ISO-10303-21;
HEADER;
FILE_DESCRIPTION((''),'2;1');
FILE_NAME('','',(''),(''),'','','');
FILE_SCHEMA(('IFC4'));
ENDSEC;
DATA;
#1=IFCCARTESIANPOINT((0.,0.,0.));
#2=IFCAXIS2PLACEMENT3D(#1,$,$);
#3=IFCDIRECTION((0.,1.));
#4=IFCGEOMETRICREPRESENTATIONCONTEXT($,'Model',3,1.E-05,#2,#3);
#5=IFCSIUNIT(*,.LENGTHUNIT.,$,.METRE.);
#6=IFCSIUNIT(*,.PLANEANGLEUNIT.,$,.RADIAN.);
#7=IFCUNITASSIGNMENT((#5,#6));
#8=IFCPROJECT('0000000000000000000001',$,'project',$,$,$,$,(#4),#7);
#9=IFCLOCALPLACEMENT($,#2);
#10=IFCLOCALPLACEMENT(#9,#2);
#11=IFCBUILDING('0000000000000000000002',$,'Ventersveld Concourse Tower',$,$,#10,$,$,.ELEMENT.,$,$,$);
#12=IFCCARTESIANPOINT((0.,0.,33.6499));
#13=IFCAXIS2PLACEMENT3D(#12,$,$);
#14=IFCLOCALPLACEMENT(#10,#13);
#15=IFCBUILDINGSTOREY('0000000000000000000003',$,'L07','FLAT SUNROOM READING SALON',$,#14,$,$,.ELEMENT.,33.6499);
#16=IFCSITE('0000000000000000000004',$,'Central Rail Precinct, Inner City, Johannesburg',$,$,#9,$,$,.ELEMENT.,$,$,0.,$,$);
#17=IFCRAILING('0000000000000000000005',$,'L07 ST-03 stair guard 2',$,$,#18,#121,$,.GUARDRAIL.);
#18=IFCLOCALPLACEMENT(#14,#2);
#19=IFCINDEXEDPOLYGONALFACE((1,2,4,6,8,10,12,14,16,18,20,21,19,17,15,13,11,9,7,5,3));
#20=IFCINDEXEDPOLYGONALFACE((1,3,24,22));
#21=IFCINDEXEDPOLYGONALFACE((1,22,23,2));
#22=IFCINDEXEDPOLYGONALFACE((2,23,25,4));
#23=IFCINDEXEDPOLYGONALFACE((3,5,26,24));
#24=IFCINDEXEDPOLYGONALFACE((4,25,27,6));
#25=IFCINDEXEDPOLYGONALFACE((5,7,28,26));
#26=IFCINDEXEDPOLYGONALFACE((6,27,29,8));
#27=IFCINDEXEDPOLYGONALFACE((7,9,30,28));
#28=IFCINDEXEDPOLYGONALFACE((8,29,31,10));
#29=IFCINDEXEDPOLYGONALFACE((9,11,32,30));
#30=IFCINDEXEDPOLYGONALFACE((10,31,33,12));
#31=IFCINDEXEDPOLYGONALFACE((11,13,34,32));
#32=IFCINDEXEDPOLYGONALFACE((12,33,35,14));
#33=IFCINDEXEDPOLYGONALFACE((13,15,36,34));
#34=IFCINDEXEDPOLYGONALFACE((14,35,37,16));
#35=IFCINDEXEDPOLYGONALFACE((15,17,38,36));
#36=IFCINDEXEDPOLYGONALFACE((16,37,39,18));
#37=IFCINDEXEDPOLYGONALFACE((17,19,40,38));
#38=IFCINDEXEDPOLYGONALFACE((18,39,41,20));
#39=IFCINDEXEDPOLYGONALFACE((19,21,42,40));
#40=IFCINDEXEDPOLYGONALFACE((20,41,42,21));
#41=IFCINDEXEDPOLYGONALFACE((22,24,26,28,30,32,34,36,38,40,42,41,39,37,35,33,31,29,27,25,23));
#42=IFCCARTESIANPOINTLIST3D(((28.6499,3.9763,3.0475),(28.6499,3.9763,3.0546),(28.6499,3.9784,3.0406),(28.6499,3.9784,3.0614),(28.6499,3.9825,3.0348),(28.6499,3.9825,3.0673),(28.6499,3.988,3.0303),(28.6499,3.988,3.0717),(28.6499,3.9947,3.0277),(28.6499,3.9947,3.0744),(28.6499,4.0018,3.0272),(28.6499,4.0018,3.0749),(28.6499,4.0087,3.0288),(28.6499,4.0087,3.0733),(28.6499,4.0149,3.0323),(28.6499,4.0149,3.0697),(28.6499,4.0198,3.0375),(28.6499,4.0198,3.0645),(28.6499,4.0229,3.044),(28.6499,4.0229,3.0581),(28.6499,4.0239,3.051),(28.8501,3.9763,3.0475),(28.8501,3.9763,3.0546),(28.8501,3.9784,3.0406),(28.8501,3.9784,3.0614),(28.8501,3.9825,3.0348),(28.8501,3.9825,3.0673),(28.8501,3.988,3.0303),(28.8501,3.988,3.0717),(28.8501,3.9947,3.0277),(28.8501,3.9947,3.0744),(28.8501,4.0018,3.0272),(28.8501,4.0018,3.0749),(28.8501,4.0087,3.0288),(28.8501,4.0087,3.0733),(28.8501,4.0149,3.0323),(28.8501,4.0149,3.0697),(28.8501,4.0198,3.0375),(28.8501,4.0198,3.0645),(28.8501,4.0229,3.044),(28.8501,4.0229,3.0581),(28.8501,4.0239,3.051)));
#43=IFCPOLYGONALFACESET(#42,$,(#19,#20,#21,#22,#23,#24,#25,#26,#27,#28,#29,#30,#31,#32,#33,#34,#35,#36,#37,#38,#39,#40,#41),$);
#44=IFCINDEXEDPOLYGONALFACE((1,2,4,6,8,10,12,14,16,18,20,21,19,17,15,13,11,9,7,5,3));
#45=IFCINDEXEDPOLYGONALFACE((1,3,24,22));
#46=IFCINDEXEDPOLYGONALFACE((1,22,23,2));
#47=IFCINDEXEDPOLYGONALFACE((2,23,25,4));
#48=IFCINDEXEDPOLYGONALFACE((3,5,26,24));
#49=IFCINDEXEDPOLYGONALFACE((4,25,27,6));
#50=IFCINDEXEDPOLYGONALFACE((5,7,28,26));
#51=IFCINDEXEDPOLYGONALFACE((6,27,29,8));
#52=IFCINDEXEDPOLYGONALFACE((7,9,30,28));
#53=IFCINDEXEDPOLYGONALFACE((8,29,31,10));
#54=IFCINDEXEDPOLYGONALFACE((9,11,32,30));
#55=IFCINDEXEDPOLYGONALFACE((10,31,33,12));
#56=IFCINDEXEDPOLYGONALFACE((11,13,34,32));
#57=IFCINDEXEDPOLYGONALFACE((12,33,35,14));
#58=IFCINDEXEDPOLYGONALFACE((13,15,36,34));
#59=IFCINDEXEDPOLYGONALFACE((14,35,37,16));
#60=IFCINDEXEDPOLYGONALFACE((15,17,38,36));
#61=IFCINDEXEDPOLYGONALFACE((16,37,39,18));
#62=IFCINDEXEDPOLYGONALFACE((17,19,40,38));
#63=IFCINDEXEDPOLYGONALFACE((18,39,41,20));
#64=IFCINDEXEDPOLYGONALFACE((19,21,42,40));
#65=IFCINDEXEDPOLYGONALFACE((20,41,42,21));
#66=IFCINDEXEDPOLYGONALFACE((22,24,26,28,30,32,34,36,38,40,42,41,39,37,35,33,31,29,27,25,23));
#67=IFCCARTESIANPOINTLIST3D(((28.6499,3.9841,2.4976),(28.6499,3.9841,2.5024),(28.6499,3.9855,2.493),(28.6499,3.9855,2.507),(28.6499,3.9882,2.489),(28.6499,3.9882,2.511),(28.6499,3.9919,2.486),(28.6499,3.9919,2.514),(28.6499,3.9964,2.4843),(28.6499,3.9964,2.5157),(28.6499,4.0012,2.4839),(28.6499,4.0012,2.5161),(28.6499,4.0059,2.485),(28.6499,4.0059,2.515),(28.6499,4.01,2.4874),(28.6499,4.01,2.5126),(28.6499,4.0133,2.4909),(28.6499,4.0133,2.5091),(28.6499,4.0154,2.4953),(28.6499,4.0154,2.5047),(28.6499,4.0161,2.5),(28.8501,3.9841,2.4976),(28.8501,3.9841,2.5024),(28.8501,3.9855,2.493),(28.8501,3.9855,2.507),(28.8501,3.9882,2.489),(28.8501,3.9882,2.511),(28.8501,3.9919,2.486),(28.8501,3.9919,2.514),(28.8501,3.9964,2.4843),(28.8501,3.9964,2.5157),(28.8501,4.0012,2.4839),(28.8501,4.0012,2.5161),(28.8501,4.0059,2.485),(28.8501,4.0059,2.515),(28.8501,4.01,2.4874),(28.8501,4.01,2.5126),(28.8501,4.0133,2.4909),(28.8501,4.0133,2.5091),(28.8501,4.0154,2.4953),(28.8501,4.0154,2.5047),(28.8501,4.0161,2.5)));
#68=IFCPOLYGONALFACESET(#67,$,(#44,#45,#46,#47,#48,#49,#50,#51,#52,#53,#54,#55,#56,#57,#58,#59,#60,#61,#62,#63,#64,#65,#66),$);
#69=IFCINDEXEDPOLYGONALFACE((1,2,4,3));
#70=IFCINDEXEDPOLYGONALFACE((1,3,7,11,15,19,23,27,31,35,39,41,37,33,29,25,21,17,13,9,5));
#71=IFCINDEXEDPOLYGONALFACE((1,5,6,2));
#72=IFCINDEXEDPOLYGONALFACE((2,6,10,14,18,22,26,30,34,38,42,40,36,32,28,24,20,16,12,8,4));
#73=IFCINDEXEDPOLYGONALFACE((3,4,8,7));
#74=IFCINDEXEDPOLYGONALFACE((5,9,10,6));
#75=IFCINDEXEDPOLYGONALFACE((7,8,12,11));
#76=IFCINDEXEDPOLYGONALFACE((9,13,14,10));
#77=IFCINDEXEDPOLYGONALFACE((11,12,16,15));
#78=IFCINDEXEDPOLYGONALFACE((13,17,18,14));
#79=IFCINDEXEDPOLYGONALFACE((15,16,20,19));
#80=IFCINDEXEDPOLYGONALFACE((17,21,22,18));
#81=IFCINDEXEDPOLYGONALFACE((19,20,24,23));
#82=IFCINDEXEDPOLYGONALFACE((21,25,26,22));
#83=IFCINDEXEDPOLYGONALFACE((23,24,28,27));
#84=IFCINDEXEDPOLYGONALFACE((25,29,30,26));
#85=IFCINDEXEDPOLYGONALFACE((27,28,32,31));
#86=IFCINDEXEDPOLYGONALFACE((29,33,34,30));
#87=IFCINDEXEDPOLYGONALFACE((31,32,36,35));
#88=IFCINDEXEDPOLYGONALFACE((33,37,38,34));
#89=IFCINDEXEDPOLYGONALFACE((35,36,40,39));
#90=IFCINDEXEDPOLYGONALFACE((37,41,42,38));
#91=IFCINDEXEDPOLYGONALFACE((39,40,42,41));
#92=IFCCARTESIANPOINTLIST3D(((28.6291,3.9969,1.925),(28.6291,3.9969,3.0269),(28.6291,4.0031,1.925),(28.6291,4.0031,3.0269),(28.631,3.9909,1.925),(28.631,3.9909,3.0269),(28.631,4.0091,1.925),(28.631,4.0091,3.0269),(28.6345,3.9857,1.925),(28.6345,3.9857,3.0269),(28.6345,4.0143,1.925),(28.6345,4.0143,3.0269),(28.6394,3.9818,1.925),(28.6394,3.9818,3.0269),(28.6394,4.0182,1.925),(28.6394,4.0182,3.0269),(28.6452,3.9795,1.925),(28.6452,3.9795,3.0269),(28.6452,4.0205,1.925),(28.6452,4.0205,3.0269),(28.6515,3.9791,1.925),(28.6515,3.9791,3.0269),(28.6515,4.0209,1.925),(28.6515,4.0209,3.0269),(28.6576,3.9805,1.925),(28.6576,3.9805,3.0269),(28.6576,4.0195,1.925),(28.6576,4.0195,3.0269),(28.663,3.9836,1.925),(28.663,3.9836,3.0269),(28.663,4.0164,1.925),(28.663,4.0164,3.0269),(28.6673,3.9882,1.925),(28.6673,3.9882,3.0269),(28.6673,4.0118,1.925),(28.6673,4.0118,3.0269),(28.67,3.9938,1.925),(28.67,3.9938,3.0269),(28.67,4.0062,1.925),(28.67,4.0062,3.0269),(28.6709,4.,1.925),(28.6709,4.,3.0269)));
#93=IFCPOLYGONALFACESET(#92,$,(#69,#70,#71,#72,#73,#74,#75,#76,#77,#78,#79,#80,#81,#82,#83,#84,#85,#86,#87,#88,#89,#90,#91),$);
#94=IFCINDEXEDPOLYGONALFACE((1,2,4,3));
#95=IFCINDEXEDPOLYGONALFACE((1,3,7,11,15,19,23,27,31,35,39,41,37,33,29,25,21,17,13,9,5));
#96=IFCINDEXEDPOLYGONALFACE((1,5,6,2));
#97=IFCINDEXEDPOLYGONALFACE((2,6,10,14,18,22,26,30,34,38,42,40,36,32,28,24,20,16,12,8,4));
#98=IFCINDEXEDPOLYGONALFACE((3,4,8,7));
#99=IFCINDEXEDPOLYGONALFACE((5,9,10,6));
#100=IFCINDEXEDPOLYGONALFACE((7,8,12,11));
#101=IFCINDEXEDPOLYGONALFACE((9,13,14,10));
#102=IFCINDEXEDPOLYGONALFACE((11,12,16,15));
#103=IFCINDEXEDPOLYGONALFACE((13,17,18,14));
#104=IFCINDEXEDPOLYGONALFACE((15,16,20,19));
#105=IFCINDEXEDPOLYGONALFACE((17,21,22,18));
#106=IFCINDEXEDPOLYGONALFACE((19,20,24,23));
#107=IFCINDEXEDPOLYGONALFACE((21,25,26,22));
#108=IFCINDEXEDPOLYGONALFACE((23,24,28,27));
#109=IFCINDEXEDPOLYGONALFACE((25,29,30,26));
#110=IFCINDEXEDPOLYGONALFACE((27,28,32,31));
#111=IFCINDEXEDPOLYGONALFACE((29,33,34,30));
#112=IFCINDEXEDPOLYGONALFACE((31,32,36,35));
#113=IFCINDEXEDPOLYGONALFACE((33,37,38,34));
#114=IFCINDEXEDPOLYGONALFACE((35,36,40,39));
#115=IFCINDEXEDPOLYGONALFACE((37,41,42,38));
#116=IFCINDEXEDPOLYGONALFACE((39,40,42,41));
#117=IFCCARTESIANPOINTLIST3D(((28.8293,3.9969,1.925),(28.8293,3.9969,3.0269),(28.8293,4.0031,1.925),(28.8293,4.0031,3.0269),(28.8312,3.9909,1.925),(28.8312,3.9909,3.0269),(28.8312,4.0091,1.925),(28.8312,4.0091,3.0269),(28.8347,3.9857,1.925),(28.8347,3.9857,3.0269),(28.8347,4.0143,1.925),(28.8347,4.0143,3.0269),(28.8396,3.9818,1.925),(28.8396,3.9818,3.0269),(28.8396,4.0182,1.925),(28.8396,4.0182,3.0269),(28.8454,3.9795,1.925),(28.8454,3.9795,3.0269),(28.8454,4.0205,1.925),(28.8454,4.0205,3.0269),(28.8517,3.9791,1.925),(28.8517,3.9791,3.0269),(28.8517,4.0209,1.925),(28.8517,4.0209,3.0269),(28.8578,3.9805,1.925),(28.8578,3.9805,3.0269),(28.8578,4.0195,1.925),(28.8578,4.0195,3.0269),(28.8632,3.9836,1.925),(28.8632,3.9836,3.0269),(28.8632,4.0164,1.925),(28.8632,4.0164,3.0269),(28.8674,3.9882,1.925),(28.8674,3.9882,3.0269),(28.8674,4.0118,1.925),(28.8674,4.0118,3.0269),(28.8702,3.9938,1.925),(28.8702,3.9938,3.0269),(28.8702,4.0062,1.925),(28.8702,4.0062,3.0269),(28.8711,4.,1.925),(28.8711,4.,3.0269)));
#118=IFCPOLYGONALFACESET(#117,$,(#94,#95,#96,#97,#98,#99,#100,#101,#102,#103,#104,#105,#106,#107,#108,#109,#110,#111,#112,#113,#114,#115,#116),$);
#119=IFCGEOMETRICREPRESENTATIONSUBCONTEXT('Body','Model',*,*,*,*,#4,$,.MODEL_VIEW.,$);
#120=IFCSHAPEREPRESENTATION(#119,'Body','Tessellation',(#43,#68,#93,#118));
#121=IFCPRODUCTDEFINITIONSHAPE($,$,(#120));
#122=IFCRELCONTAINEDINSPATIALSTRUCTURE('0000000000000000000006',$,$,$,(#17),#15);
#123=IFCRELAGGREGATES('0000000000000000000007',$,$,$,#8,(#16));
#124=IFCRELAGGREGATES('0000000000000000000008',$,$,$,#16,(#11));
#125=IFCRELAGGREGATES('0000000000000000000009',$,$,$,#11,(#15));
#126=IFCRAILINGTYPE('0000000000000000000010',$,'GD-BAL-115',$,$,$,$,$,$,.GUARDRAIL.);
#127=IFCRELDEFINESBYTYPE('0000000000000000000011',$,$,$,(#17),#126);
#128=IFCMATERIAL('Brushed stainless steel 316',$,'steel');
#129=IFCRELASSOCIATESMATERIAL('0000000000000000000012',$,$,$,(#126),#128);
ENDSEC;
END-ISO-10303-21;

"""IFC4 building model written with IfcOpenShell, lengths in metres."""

from ifc_helpers import new_model, si_unit, direction, frame, origin, origin_2d, place, context, subcontext, project, spatial, circle, extrude, material, type_object, element, save


model = new_model("IFC4")

# Units and contexts
model_context = context("Model", 3, precision=1e-05, world=origin(), true_north=direction((0.0, 1.0)))
body_context = subcontext(model_context, "Body", "Model", "MODEL_VIEW")
ifc_project = project(units=[si_unit("LENGTHUNIT", "METRE"), si_unit("PLANEANGLEUNIT", "RADIAN")], contexts=[model_context])

# Site, building, storey
site_placement = place(None, origin())
site = spatial("IfcSite", under=ifc_project, at=site_placement, Name="Central Rail Precinct, Inner City, Johannesburg", CompositionType="ELEMENT", RefElevation=0.0)
building_placement = place(site_placement, origin())
building = spatial("IfcBuilding", under=site, at=building_placement, Name="Ventersveld Concourse Tower", CompositionType="ELEMENT")
storey_placement = place(building_placement, frame((0.0, 0.0, 33.6499)))
storey = spatial("IfcBuildingStorey", under=building, at=storey_placement, Name="L07", Description="FLAT SUNROOM READING SALON", CompositionType="ELEMENT", Elevation=33.6499)

# Railing
ifc_material_1 = material(Name="Brushed stainless steel 316", Category="steel")
railing_type_1 = type_object("IfcRailingType", Name="GD-BAL-115", PredefinedType="GUARDRAIL", material=ifc_material_1)
railing_1_placement = place(storey_placement, frame((28.6499, 4.0, 1.925)))
element("IfcRailing", 1, at=railing_1_placement, inside=storey, type_object=railing_type_1, Name="L07 ST-03 stair guard 2", PredefinedType="GUARDRAIL", context=body_context, shape_type="SweptSolid", body=[
    extrude(circle(Radius=0.0239, at=origin_2d()), frame((0.0, 0.0, 1.126), z_axis=(1.0, 0.0, 0.0), x_axis=(0.0, 1.0, 0.0)), (0.0, 0.0, 1.0), 0.2002),
    extrude(circle(Radius=0.0161, at=origin_2d()), frame((0.0, 0.0, 0.575), z_axis=(1.0, 0.0, 0.0), x_axis=(0.0, 1.0, 0.0)), (0.0, 0.0, 1.0), 0.2002),
    extrude(circle(Radius=0.021, at=origin_2d()), origin(), (0.0, 0.0, 1.0), 1.1018),
    extrude(circle(Radius=0.021, at=origin_2d()), frame((0.2002, 0.0, 0.0)), (0.0, 0.0, 1.0), 1.1018),
])

save(model, "model.ifc")
